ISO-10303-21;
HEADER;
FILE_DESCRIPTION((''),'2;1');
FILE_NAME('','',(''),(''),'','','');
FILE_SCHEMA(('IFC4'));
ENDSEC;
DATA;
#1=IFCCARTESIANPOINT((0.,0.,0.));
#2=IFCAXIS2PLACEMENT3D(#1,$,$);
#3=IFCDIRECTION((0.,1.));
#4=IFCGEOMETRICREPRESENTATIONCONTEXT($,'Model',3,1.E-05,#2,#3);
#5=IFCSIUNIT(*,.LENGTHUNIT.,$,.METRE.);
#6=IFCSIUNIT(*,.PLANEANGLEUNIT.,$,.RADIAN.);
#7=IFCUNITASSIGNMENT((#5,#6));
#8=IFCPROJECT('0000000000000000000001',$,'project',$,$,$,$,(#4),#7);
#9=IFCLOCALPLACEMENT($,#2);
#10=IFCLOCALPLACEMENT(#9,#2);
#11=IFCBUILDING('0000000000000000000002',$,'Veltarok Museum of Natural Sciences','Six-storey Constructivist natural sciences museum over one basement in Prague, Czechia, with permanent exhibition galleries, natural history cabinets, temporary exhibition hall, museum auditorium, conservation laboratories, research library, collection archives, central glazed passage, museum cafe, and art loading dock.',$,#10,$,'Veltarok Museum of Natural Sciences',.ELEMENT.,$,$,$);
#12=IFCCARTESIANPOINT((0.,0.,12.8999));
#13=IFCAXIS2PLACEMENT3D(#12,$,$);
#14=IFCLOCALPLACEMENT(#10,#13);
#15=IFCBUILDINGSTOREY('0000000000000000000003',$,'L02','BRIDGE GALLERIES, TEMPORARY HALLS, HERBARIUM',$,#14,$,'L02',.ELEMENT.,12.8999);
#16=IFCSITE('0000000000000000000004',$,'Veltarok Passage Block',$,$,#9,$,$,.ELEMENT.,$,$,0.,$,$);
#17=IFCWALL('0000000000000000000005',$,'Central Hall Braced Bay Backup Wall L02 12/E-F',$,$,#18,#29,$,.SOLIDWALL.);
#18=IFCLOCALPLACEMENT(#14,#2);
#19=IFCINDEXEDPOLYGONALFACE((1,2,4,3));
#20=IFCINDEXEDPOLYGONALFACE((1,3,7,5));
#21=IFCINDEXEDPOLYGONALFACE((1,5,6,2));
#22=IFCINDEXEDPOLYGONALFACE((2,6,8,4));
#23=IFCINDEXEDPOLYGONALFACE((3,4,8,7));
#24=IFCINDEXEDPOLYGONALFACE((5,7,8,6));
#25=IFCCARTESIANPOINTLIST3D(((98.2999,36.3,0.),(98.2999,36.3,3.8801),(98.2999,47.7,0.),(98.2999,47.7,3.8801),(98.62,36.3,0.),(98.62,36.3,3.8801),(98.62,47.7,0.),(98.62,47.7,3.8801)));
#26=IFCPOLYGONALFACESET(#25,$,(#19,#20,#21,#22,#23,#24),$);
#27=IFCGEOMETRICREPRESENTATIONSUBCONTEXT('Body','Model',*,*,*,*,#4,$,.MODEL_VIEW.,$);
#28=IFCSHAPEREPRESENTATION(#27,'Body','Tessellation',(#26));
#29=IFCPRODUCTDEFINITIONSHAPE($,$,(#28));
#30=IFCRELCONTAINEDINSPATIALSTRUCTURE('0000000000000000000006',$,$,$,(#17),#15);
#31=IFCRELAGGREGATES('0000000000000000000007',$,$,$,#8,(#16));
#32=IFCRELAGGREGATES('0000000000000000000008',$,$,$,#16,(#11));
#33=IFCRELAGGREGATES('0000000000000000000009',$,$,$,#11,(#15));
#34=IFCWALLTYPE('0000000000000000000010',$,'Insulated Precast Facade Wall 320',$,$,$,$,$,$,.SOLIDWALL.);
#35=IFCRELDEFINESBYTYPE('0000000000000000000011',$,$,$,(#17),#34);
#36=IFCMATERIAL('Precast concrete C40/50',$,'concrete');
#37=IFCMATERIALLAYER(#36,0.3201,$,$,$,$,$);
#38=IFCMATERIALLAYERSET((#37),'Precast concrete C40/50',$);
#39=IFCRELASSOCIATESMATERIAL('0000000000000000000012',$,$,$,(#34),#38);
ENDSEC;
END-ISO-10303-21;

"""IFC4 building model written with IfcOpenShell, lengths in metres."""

from ifc_helpers import new_model, si_unit, direction, frame, frame_2d, origin, place, context, subcontext, project, spatial, rectangle, extrude, material, layer, layer_set, type_object, element, save


model = new_model("IFC4")

# Units and contexts
model_context = context("Model", 3, precision=1e-05, world=origin(), true_north=direction((0.0, 1.0)))
body_context = subcontext(model_context, "Body", "Model", "MODEL_VIEW")
ifc_project = project(units=[si_unit("LENGTHUNIT", "METRE"), si_unit("PLANEANGLEUNIT", "RADIAN")], contexts=[model_context])

# Site, building, storey
site_placement = place(None, origin())
site = spatial("IfcSite", under=ifc_project, at=site_placement, Name="Veltarok Passage Block", CompositionType="ELEMENT", RefElevation=0.0)
building_placement = place(site_placement, origin())
building = spatial("IfcBuilding", under=site, at=building_placement, Name="Veltarok Museum of Natural Sciences", Description="Six-storey Constructivist natural sciences museum over one basement in Prague, Czechia, with permanent exhibition galleries, natural history cabinets, temporary exhibition hall, museum auditorium, conservation laboratories, research library, collection archives, central glazed passage, museum cafe, and art loading dock.", LongName="Veltarok Museum of Natural Sciences", CompositionType="ELEMENT")
storey_placement = place(building_placement, frame((0.0, 0.0, 12.8999)))
storey = spatial("IfcBuildingStorey", under=building, at=storey_placement, Name="L02", Description="BRIDGE GALLERIES, TEMPORARY HALLS, HERBARIUM", LongName="L02", CompositionType="ELEMENT", Elevation=12.8999)

# Wall
ifc_material_1 = material(Name="Precast concrete C40/50", Category="concrete")
ifc_layer_1 = layer(ifc_material_1, 0.3201)
ifc_layer_set_1 = layer_set([ifc_layer_1], Name="Precast concrete C40/50")
wall_type = type_object("IfcWallType", Name="Insulated Precast Facade Wall 320", PredefinedType="SOLIDWALL", material=ifc_layer_set_1)
wall_placement = place(storey_placement, frame((98.46, 36.3, 0.0), z_axis=(0.0, 0.0, 1.0), x_axis=(0.0, 1.0, 0.0)))
element("IfcWall", 1, at=wall_placement, inside=storey, type_object=wall_type, Name="Central Hall Braced Bay Backup Wall L02 12/E-F", PredefinedType="SOLIDWALL", context=body_context, shape_type="SweptSolid", body=[
    extrude(rectangle(XDim=11.3999, YDim=0.3201, at=frame_2d((5.7, 0.0))), origin(), (0.0, 0.0, 1.0), 3.8801),
])

save(model, "model.ifc")
